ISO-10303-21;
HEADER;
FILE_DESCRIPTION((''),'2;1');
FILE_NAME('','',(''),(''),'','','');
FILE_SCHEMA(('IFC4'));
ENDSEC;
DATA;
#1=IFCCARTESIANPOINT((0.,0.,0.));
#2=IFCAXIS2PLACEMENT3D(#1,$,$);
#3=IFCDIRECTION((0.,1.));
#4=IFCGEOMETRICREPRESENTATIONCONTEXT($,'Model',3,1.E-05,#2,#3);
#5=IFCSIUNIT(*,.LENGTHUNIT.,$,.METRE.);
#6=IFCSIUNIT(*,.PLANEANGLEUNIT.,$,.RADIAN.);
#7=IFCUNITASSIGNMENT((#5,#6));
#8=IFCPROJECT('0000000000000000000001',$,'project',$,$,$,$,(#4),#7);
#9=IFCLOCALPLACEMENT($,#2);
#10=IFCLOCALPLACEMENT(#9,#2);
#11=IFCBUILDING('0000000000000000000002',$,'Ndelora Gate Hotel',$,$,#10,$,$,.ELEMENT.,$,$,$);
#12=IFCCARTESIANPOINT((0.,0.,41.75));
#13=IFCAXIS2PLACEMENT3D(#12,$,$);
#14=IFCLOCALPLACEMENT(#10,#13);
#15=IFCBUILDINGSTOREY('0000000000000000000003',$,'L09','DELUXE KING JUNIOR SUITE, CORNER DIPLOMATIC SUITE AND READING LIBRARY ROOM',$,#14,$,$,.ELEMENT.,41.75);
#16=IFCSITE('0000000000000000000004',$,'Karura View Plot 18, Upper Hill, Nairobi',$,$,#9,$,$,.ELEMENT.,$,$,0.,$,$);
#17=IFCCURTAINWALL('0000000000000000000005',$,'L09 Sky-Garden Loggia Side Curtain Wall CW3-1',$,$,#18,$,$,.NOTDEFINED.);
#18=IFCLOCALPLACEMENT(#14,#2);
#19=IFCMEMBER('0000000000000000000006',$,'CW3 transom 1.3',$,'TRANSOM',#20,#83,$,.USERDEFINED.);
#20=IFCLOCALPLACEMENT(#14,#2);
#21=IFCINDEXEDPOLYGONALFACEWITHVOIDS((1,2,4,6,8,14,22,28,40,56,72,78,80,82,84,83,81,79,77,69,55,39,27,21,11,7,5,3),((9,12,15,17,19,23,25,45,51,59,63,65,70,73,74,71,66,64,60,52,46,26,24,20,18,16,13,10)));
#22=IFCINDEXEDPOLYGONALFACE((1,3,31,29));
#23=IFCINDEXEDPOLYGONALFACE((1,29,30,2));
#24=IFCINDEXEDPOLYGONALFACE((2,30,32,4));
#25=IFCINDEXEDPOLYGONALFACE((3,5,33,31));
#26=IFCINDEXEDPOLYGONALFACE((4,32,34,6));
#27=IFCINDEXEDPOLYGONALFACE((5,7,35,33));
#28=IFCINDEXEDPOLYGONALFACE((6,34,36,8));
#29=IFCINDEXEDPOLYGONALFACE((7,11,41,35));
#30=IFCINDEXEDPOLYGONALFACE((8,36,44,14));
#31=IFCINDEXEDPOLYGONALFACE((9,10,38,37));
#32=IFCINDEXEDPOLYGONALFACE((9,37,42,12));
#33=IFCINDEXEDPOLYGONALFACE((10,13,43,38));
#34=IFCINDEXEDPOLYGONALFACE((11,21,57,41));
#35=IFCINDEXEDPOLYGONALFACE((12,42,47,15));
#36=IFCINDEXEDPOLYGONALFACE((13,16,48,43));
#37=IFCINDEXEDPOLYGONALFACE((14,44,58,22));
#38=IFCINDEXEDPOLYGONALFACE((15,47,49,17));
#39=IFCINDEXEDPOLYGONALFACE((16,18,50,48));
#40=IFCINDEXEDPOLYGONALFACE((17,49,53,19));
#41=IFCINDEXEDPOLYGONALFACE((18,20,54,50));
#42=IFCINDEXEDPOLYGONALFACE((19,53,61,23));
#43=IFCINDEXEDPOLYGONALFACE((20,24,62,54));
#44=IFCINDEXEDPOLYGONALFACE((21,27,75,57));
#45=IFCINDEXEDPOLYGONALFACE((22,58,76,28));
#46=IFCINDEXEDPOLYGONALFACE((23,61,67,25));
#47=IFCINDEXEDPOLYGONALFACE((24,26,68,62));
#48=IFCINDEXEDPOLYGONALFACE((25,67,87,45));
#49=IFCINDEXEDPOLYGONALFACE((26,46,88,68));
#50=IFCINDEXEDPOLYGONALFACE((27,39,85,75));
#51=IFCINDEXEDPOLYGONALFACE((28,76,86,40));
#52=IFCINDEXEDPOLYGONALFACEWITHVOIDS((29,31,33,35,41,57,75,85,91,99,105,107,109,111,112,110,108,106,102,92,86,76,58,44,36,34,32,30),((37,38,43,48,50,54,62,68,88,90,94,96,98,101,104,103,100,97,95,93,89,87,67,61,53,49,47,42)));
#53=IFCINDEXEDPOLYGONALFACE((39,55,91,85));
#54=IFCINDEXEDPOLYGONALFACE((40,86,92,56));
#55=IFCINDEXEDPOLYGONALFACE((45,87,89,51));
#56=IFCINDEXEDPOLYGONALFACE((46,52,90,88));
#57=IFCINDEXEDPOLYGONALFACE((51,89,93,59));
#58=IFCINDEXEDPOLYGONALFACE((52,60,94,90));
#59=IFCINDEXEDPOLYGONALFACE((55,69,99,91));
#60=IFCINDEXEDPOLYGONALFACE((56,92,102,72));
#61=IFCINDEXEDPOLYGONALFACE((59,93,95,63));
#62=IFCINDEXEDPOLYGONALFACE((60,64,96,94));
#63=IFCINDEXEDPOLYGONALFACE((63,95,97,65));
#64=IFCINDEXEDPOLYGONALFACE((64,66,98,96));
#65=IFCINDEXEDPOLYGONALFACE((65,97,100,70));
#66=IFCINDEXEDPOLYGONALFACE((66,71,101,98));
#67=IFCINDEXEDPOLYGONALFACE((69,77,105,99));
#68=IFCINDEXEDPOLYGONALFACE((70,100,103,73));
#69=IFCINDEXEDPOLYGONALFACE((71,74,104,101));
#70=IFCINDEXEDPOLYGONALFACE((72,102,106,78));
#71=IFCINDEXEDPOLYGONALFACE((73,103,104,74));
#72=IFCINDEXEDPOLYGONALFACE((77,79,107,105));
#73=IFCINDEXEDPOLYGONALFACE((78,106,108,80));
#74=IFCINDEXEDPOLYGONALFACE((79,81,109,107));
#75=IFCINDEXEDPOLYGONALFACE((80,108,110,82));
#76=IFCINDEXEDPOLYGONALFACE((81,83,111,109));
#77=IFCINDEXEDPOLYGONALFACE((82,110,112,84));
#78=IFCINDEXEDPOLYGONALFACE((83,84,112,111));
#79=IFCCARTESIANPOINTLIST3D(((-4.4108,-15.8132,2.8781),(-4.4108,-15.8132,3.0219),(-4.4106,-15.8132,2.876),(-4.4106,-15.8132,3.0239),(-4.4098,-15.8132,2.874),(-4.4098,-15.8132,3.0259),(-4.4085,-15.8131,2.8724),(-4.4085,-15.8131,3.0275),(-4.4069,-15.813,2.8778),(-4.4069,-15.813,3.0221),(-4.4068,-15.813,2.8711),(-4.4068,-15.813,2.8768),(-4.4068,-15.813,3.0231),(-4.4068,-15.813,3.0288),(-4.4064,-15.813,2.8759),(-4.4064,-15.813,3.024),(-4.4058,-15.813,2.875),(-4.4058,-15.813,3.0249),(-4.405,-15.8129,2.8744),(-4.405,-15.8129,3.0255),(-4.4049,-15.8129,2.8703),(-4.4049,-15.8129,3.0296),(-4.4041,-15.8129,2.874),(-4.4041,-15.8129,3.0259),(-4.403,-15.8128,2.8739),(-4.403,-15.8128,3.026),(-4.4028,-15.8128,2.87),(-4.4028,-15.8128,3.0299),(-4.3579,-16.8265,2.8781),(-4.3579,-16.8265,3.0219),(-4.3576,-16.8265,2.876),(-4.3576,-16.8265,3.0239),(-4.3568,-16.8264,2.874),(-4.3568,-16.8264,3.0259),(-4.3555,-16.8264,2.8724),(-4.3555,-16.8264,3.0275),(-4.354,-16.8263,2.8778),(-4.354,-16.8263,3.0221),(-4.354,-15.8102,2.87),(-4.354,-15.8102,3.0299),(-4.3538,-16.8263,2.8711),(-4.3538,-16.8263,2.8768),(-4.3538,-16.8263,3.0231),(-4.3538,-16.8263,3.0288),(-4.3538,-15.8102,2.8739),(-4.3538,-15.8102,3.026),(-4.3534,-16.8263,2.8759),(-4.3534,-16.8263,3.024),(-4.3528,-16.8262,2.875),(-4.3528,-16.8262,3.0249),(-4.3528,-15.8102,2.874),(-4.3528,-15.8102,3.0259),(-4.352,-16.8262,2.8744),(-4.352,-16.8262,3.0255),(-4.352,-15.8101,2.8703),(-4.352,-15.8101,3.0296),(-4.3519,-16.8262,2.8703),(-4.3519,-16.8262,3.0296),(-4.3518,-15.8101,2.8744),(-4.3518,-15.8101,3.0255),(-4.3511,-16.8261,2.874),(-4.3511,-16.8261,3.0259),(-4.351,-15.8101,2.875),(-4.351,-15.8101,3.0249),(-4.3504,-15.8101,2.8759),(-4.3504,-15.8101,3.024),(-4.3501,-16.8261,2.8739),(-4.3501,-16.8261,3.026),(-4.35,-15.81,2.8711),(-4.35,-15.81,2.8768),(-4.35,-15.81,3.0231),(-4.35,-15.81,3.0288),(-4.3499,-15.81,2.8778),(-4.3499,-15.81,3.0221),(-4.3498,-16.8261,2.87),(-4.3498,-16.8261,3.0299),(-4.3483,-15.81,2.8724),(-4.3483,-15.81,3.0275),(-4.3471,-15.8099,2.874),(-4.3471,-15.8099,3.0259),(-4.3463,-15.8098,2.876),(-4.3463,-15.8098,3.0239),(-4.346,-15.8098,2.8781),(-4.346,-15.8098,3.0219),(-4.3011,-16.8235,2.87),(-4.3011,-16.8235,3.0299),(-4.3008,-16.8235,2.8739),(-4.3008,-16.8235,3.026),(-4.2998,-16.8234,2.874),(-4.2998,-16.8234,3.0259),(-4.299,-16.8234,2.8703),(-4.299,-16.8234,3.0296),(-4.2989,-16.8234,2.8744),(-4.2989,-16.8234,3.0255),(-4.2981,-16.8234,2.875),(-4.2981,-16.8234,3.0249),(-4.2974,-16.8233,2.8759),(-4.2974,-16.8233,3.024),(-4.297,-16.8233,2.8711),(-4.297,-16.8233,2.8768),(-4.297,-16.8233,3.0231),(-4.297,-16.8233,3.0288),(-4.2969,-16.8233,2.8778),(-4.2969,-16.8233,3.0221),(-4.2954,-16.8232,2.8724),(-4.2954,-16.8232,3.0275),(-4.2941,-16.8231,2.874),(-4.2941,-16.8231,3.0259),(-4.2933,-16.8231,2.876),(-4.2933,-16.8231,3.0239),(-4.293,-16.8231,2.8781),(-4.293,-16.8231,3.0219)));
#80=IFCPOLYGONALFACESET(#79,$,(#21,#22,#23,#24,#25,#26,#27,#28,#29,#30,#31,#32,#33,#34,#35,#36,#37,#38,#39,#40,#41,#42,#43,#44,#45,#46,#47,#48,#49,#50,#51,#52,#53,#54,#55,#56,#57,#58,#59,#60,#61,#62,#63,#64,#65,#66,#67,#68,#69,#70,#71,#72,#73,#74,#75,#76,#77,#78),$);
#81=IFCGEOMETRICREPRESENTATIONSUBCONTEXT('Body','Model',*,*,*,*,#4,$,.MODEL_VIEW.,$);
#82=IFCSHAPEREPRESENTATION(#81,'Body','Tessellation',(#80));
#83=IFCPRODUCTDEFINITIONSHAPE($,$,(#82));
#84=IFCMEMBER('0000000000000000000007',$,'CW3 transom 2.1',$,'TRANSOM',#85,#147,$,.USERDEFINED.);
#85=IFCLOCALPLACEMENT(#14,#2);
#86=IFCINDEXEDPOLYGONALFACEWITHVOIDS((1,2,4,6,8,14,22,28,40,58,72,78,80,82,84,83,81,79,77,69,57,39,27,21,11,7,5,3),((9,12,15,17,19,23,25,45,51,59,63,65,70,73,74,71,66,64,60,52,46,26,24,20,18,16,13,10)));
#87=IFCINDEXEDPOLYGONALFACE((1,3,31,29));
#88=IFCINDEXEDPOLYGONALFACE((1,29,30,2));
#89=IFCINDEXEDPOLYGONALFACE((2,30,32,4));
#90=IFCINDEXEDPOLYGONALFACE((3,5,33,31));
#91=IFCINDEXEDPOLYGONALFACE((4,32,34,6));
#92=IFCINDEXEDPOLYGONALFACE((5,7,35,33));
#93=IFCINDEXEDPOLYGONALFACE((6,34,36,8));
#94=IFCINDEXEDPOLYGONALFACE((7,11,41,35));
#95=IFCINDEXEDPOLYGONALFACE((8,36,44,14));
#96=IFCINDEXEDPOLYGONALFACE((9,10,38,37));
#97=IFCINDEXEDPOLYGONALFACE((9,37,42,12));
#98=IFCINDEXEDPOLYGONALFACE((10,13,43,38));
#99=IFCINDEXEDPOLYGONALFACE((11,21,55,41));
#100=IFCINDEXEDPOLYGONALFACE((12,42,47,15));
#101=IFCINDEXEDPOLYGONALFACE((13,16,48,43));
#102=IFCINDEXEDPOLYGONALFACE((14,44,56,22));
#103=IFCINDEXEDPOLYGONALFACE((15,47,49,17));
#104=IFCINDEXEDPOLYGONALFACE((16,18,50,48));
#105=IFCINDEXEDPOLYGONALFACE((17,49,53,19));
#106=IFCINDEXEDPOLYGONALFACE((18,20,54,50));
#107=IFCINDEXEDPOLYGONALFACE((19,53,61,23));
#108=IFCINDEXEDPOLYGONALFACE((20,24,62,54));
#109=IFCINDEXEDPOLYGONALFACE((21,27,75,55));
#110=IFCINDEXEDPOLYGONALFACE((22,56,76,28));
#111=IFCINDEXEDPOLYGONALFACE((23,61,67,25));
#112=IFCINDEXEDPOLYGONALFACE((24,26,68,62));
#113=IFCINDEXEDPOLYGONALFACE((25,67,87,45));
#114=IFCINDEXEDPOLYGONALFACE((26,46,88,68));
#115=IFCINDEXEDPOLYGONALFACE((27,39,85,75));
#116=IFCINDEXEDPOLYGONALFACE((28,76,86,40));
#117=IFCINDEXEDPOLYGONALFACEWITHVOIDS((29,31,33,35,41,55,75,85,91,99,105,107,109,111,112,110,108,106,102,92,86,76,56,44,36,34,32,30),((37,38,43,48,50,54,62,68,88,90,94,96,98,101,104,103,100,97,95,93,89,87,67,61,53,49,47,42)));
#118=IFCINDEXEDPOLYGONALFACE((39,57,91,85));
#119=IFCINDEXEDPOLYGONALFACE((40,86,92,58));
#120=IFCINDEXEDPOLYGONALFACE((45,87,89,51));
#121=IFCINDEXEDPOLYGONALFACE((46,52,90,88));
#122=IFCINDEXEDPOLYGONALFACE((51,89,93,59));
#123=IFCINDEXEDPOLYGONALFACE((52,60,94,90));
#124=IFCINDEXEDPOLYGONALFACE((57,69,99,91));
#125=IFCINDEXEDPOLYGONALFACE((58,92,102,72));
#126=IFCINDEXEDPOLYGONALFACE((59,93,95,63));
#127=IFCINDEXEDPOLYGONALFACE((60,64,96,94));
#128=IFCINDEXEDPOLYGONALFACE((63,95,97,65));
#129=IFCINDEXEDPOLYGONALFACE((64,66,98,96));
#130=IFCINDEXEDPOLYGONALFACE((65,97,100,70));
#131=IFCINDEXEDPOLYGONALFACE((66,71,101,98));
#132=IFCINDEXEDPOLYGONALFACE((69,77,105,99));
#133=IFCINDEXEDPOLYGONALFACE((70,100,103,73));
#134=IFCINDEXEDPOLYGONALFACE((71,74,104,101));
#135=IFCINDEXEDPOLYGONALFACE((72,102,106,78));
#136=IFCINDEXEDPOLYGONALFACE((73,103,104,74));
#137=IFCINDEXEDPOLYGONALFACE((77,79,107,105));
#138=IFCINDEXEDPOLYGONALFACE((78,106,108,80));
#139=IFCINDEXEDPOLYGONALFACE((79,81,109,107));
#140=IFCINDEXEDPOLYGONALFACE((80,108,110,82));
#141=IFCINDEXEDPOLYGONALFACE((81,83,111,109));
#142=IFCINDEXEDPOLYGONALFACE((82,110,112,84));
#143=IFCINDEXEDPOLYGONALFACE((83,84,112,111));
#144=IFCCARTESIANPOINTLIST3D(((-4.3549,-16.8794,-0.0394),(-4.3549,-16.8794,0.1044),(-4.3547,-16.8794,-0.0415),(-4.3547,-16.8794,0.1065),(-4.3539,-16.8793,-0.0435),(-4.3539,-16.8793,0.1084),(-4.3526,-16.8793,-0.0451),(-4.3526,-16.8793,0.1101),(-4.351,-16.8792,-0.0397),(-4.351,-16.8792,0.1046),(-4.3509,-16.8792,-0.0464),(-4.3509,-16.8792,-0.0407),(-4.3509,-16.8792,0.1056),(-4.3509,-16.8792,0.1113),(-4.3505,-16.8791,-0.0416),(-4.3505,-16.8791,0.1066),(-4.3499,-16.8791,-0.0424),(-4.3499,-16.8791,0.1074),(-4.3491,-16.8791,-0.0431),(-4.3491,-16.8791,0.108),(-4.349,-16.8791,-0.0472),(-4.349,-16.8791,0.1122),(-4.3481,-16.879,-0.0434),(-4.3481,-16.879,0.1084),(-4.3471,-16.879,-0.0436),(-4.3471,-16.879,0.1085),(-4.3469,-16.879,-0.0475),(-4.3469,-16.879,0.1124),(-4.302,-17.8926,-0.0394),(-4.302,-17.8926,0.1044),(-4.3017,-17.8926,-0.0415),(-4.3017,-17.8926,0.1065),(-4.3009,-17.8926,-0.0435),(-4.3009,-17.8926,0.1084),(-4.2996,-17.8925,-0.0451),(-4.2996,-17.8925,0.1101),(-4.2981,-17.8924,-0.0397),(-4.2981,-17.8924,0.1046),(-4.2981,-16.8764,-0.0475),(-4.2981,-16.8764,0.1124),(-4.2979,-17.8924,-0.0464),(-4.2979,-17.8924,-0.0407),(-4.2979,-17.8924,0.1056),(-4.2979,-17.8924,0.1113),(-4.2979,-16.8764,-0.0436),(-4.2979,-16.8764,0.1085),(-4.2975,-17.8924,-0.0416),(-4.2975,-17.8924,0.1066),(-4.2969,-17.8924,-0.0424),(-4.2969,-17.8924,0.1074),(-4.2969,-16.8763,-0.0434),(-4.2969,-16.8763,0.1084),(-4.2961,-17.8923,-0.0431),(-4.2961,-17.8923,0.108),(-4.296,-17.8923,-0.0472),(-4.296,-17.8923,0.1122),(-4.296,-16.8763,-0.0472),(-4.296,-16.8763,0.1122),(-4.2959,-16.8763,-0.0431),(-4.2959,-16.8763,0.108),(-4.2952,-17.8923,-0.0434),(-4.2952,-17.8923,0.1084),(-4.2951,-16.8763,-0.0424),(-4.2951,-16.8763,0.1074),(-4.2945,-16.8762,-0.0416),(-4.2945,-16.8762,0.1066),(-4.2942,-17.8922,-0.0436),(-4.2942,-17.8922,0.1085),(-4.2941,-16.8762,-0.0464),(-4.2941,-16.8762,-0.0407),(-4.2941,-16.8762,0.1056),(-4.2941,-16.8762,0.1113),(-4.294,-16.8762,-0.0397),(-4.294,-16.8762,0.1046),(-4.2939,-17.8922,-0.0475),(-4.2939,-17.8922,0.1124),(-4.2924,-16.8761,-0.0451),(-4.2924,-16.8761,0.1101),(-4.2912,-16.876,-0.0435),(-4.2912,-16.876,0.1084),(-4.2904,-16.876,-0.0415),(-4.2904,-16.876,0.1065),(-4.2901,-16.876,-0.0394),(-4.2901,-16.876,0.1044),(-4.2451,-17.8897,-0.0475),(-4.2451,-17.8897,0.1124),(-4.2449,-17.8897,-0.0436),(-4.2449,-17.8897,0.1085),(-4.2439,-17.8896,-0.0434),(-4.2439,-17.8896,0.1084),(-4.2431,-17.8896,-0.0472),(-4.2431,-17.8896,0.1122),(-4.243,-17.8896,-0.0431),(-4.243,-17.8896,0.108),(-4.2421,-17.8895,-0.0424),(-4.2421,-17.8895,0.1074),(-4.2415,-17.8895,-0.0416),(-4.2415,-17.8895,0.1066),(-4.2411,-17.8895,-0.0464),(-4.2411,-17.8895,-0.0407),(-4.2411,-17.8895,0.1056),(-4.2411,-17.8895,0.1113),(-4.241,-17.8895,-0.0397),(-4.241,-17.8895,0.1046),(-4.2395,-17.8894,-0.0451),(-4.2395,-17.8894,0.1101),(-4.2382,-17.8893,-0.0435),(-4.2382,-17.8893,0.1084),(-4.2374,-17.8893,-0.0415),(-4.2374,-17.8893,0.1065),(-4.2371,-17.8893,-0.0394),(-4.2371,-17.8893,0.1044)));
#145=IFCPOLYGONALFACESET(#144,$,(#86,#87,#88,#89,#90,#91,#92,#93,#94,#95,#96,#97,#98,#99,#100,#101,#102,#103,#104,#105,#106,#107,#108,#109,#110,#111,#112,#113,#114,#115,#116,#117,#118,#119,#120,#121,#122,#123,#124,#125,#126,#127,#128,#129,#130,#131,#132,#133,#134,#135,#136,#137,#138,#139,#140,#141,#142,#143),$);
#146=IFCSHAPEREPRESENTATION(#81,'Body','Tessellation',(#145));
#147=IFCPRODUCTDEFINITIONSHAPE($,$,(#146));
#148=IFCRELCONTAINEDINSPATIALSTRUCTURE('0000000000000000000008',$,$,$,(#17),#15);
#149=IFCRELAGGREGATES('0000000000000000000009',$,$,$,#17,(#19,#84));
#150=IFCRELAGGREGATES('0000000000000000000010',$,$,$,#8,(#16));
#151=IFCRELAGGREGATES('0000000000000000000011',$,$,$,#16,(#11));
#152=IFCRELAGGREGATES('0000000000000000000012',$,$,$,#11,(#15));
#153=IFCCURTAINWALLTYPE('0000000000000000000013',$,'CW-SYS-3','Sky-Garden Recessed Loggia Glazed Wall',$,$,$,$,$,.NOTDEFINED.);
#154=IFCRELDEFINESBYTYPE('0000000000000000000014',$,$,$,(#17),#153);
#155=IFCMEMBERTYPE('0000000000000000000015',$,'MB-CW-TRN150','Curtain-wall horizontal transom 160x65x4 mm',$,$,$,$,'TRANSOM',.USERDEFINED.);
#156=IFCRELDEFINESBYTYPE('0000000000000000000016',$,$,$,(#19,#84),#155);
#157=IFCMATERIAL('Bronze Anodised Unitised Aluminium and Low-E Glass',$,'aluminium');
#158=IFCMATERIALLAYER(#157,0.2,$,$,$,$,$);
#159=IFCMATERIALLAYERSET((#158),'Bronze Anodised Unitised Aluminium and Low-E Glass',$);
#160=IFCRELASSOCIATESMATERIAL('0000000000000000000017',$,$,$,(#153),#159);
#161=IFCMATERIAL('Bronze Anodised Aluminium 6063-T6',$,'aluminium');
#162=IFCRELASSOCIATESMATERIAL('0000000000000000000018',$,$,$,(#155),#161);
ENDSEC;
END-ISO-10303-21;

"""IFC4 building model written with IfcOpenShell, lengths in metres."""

from ifc_helpers import new_model, si_unit, direction, frame, origin, origin_2d, place, context, subcontext, project, spatial, hollow_rectangle, extrude, material, layer, layer_set, material_profile, profile_set, type_object, element, aggregate, save


model = new_model("IFC4")

# Units and contexts
model_context = context("Model", 3, precision=1e-05, world=origin(), true_north=direction((0.0, 1.0)))
body_context = subcontext(model_context, "Body", "Model", "MODEL_VIEW")
ifc_project = project(units=[si_unit("LENGTHUNIT", "METRE"), si_unit("PLANEANGLEUNIT", "RADIAN")], contexts=[model_context])

# Site, building, storey
site_placement = place(None, origin())
site = spatial("IfcSite", under=ifc_project, at=site_placement, Name="Karura View Plot 18, Upper Hill, Nairobi", CompositionType="ELEMENT", RefElevation=0.0)
building_placement = place(site_placement, origin())
building = spatial("IfcBuilding", under=site, at=building_placement, Name="Ndelora Gate Hotel", CompositionType="ELEMENT")
storey_placement = place(building_placement, frame((0.0, 0.0, 41.75)))
storey = spatial("IfcBuildingStorey", under=building, at=storey_placement, Name="L09", Description="DELUXE KING JUNIOR SUITE, CORNER DIPLOMATIC SUITE AND READING LIBRARY ROOM", CompositionType="ELEMENT", Elevation=41.75)

# Curtain wall, members
ifc_material_1 = material(Name="Bronze Anodised Unitised Aluminium and Low-E Glass", Category="aluminium")
ifc_layer_1 = layer(ifc_material_1, 0.2)
ifc_layer_set_1 = layer_set([ifc_layer_1], Name="Bronze Anodised Unitised Aluminium and Low-E Glass")
curtain_wall_type = type_object("IfcCurtainWallType", Name="CW-SYS-3", Description="Sky-Garden Recessed Loggia Glazed Wall", PredefinedType="NOTDEFINED", material=ifc_layer_set_1)
curtain_wall_placement = place(storey_placement, origin())
curtain_wall = element("IfcCurtainWall", 1, at=curtain_wall_placement, inside=storey, type_object=curtain_wall_type, Name="L09 Sky-Garden Loggia Side Curtain Wall CW3-1", PredefinedType="NOTDEFINED")
ifc_material_2 = material(Name="Bronze Anodised Aluminium 6063-T6", Category="aluminium")
ifc_material_profile_1 = material_profile(ifc_material_2, hollow_rectangle(XDim=0.0649, YDim=0.1599, WallThickness=0.0039, InnerFilletRadius=0.0039, OuterFilletRadius=0.0081, at=origin_2d()), Name="ALU 160x65x4")
ifc_profile_set_1 = profile_set([ifc_material_profile_1], Name="Bronze Anodised Aluminium 6063-T6")
member_type_1 = type_object("IfcMemberType", Name="MB-CW-TRN150", Description="Curtain-wall horizontal transom 160x65x4 mm", ElementType="TRANSOM", PredefinedType="USERDEFINED", material=ifc_profile_set_1)
member_1_placement = place(storey_placement, frame((-4.3784, -15.8115, 2.95), z_axis=(0.052218, -0.998636, 0.0), x_axis=(0.998636, 0.052218, 0.0)))
member_1 = element("IfcMember", 2, at=member_1_placement, type_object=member_type_1, Name="CW3 transom 1.3", ObjectType="TRANSOM", PredefinedType="USERDEFINED", context=body_context, shape_type="SweptSolid", body=[
    extrude(hollow_rectangle(XDim=0.0649, YDim=0.1599, WallThickness=0.0039, InnerFilletRadius=0.0039, OuterFilletRadius=0.0081, at=origin_2d()), origin(), (0.0, 0.0, 1.0), 1.0146),
])
member_2_placement = place(storey_placement, frame((-4.3225, -16.8777, 0.0325), z_axis=(0.052218, -0.998636, 0.0), x_axis=(0.998636, 0.052218, 0.0)))
member_2 = element("IfcMember", 3, at=member_2_placement, type_object=member_type_1, Name="CW3 transom 2.1", ObjectType="TRANSOM", PredefinedType="USERDEFINED", context=body_context, shape_type="SweptSolid", body=[
    extrude(hollow_rectangle(XDim=0.0649, YDim=0.1599, WallThickness=0.0039, InnerFilletRadius=0.0039, OuterFilletRadius=0.0081, at=origin_2d()), origin(), (0.0, 0.0, 1.0), 1.0146),
])
aggregate(curtain_wall, [member_1, member_2])

save(model, "model.ifc")
